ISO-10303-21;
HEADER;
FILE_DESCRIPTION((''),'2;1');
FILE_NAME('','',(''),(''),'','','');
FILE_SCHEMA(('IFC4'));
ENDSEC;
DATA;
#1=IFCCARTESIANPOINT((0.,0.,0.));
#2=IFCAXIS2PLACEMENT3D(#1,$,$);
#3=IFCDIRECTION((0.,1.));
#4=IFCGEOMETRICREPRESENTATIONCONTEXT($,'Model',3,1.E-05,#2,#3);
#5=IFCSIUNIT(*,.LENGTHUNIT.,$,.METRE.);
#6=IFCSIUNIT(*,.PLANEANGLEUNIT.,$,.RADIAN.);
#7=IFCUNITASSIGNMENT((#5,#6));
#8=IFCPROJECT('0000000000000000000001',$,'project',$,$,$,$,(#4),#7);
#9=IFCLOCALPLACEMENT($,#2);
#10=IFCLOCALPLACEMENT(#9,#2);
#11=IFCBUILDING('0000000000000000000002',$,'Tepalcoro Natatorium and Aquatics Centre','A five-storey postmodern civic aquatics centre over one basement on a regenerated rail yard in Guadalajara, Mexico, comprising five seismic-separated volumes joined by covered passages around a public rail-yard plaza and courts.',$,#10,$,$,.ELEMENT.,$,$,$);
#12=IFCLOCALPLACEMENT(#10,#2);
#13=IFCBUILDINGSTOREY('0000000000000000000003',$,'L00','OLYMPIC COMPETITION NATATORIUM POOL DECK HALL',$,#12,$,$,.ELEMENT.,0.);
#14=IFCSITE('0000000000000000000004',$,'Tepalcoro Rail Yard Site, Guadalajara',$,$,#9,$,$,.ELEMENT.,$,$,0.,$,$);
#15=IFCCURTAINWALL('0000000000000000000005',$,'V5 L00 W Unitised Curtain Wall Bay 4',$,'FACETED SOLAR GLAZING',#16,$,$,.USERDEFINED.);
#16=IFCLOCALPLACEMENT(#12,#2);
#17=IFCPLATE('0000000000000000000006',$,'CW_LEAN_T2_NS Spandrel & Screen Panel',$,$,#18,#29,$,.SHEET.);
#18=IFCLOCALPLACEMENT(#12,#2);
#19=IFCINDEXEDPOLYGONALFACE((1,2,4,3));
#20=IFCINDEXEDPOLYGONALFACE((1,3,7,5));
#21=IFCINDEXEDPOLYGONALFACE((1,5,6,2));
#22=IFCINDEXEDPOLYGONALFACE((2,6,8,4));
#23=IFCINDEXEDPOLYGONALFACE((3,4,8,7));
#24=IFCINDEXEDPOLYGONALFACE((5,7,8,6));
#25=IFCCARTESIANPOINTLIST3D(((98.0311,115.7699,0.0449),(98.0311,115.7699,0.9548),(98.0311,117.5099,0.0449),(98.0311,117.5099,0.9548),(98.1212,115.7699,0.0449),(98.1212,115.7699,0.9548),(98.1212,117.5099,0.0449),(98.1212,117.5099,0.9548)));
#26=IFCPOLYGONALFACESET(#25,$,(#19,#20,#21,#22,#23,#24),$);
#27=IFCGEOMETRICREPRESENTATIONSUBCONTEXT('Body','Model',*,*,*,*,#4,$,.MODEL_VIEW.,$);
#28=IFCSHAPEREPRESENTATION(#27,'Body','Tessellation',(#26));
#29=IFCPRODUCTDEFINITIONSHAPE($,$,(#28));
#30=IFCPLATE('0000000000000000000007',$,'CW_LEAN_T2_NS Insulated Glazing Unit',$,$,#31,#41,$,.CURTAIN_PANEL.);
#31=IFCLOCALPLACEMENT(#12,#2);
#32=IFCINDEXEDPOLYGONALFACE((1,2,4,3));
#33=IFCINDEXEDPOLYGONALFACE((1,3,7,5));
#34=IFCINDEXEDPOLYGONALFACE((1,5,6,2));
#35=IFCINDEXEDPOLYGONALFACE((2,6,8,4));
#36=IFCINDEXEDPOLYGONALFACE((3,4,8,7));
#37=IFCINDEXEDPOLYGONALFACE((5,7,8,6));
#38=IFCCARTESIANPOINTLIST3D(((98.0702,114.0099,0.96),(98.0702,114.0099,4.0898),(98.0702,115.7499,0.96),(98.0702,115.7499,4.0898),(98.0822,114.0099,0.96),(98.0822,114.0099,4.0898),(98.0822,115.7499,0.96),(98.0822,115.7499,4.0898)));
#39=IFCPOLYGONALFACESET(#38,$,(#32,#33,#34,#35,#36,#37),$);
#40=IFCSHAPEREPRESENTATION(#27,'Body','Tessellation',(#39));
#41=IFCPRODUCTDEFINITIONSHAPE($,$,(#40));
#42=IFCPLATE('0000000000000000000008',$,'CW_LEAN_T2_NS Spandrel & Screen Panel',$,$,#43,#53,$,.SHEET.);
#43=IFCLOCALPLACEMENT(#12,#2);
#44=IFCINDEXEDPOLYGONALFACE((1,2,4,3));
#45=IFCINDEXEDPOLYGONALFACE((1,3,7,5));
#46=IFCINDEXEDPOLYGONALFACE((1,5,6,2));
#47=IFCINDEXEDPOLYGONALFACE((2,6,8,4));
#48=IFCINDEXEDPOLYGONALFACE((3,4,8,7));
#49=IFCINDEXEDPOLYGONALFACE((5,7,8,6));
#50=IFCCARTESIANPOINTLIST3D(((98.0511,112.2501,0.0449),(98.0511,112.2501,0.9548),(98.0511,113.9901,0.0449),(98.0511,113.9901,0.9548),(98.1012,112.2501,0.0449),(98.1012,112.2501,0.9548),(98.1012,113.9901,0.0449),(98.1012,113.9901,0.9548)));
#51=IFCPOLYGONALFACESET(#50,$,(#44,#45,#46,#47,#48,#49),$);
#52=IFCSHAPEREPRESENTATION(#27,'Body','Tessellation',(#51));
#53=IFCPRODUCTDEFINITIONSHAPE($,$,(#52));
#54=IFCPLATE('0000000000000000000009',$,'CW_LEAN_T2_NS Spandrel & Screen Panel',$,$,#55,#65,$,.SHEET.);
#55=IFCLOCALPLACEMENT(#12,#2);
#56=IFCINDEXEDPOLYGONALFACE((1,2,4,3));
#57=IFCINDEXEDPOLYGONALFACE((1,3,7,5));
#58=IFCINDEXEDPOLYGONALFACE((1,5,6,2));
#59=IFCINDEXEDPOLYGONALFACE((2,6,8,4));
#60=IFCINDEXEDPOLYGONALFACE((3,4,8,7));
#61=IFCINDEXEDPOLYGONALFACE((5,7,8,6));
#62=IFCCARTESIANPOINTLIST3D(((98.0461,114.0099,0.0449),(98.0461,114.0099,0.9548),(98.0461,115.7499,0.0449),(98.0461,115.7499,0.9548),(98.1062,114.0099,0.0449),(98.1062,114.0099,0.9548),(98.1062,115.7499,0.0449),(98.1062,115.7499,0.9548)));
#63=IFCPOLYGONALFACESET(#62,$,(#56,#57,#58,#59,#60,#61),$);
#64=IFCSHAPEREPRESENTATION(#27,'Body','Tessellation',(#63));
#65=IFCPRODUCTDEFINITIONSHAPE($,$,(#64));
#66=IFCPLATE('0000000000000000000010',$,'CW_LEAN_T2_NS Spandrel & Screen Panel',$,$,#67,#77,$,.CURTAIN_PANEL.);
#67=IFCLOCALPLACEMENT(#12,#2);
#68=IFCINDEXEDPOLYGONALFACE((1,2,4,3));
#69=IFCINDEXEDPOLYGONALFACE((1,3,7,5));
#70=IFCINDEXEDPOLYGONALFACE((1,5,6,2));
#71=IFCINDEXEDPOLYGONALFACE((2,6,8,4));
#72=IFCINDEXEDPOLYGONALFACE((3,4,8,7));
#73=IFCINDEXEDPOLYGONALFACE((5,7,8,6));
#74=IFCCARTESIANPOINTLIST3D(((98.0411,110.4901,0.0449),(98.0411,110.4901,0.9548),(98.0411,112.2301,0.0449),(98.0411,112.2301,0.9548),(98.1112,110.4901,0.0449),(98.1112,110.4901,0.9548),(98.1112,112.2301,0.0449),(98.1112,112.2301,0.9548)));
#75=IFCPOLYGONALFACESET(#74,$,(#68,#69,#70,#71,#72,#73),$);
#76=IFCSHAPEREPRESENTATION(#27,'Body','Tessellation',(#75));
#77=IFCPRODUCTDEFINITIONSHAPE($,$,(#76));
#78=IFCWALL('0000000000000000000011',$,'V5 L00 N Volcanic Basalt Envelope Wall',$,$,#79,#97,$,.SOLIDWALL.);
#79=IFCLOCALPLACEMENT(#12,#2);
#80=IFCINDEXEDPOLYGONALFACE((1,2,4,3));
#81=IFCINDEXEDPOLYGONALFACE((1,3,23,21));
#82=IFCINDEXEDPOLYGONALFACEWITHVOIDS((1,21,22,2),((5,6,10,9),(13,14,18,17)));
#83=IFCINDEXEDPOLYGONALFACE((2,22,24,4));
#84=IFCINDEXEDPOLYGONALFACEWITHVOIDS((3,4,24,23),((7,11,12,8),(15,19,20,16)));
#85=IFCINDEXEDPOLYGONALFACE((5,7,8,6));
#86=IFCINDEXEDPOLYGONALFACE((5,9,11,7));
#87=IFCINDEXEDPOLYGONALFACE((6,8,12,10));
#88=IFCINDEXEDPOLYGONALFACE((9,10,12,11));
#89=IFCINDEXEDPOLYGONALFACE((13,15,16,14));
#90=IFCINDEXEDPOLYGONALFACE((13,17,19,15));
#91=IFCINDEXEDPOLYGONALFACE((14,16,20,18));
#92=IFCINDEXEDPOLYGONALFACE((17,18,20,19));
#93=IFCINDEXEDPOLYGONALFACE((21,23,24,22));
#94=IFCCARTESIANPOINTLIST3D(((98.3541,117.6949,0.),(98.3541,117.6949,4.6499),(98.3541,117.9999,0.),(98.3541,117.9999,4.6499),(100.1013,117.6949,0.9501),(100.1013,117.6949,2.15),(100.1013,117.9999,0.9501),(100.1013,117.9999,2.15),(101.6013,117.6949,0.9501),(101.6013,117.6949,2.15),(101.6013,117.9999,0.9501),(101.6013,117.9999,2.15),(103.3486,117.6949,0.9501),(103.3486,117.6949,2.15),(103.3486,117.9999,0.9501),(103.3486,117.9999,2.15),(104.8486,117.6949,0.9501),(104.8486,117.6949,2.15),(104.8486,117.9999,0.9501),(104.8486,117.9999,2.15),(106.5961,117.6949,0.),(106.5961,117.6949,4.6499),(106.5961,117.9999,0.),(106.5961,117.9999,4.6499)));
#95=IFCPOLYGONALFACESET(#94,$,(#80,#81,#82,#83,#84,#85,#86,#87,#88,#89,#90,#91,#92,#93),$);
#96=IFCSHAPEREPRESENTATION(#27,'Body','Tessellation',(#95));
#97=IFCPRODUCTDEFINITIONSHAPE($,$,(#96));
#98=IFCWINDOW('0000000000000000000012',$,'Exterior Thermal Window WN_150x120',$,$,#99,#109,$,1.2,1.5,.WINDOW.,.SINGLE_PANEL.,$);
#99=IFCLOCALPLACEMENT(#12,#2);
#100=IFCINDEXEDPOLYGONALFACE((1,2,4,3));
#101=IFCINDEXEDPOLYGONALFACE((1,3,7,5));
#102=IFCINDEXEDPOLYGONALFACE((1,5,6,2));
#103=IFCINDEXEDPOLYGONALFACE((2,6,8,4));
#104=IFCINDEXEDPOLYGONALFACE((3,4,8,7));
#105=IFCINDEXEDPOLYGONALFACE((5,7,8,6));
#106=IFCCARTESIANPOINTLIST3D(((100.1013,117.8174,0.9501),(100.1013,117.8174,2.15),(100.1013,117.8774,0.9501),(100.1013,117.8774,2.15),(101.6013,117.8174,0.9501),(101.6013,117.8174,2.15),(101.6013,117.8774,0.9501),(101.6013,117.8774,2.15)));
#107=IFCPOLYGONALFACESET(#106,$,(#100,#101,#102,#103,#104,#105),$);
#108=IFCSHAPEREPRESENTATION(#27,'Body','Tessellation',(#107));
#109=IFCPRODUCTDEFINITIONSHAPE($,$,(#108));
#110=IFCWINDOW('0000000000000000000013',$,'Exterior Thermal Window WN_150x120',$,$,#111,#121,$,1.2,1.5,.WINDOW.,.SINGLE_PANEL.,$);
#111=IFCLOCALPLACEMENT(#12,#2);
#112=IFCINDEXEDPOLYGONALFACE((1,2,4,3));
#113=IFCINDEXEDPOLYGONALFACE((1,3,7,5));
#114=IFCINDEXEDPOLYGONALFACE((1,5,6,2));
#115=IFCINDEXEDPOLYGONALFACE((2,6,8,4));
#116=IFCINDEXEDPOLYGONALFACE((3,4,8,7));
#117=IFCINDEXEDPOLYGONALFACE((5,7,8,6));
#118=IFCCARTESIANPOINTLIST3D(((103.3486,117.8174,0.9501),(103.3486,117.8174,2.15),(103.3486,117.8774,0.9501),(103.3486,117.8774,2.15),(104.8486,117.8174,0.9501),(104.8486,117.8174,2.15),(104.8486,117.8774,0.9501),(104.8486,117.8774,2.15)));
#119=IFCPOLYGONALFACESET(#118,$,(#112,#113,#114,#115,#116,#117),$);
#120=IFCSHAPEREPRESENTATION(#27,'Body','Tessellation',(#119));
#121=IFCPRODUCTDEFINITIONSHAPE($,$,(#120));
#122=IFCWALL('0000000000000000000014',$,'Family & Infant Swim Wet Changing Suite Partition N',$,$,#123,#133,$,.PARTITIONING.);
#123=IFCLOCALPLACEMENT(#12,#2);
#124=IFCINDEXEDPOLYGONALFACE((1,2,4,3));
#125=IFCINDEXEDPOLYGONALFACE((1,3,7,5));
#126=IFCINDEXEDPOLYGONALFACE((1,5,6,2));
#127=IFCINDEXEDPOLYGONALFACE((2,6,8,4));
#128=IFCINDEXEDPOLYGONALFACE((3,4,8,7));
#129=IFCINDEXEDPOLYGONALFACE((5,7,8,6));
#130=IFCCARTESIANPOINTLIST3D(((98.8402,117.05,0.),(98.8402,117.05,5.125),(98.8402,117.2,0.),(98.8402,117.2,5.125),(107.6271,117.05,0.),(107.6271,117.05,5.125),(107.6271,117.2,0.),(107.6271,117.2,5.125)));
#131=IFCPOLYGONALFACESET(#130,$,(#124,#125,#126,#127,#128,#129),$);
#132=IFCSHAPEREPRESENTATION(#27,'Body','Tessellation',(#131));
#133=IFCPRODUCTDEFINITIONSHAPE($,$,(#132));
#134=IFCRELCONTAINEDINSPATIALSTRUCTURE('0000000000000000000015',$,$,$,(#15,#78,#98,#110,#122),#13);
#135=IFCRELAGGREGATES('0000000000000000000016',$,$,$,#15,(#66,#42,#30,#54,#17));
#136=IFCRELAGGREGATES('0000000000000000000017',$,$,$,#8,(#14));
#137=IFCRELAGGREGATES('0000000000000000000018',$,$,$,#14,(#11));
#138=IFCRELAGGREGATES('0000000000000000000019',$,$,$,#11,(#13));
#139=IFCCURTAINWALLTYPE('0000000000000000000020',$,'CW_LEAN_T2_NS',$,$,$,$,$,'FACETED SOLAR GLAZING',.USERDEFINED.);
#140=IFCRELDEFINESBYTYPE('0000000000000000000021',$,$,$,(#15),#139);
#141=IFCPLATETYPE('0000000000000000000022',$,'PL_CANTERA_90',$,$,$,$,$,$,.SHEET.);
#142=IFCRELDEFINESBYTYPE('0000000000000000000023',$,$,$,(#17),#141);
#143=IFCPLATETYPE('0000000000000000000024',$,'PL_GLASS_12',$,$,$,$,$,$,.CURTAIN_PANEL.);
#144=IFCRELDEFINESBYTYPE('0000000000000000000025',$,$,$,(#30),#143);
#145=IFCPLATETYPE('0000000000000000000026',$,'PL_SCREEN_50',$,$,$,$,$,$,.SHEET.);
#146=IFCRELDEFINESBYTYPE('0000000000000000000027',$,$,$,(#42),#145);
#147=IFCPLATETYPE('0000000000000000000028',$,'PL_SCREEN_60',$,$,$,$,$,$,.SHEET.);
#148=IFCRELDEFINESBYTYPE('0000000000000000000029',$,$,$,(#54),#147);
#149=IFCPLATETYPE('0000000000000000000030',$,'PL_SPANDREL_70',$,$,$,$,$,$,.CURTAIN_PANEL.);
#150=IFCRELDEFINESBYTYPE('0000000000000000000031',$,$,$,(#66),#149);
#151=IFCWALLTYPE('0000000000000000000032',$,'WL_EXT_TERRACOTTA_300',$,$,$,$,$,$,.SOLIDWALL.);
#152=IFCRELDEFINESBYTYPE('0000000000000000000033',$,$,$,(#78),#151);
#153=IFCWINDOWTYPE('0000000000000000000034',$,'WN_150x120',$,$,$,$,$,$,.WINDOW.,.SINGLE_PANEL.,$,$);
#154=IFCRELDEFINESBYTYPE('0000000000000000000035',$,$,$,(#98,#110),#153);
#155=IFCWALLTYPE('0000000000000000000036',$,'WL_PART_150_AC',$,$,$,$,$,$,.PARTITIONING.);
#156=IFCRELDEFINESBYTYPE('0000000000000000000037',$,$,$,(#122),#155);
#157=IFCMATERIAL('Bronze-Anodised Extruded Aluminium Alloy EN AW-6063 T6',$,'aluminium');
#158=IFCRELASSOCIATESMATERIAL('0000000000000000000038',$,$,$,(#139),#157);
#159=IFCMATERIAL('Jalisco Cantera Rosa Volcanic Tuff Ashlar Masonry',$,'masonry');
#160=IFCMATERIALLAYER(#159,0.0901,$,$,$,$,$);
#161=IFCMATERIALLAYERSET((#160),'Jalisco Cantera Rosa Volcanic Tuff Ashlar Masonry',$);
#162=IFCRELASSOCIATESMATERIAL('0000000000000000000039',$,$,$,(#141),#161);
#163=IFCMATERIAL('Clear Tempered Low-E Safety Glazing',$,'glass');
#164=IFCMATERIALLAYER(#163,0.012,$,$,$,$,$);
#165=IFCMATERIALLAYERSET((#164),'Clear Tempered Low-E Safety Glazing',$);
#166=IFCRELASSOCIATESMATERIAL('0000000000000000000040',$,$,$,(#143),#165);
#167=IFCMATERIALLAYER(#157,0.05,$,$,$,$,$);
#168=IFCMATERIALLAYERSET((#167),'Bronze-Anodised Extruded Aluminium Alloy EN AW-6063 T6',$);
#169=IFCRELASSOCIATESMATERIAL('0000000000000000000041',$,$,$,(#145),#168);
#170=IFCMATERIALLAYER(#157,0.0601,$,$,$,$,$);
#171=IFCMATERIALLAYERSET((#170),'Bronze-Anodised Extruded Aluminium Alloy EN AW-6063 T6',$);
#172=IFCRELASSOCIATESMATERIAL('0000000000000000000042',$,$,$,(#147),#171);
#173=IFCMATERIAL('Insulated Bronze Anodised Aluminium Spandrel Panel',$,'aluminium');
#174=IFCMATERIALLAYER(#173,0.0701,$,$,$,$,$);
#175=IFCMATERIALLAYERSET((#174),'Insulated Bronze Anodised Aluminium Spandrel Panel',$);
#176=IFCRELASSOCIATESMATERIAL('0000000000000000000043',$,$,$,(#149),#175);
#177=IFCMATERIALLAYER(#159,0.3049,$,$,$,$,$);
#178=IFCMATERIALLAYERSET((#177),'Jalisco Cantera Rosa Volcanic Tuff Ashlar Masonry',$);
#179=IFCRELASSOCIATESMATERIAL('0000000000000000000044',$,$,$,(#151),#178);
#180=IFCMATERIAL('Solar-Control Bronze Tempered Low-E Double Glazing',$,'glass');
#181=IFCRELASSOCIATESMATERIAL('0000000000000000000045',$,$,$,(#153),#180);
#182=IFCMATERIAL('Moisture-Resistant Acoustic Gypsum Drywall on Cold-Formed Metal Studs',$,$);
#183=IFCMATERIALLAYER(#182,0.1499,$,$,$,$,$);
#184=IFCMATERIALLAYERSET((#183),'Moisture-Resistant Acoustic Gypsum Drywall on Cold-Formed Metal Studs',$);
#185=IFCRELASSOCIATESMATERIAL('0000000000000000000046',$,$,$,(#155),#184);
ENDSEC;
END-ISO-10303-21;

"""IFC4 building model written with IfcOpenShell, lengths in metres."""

from ifc_helpers import new_model, si_unit, direction, frame, frame_2d, origin, origin_2d, place, context, subcontext, project, spatial, rectangle, extrude, material, layer, layer_set, type_object, element, fill, aggregate, save


model = new_model("IFC4")

# Units and contexts
model_context = context("Model", 3, precision=1e-05, world=origin(), true_north=direction((0.0, 1.0)))
body_context = subcontext(model_context, "Body", "Model", "MODEL_VIEW")
ifc_project = project(units=[si_unit("LENGTHUNIT", "METRE"), si_unit("PLANEANGLEUNIT", "RADIAN")], contexts=[model_context])

# Site, building, storey
site_placement = place(None, origin())
site = spatial("IfcSite", under=ifc_project, at=site_placement, Name="Tepalcoro Rail Yard Site, Guadalajara", CompositionType="ELEMENT", RefElevation=0.0)
building_placement = place(site_placement, origin())
building = spatial("IfcBuilding", under=site, at=building_placement, Name="Tepalcoro Natatorium and Aquatics Centre", Description="A five-storey postmodern civic aquatics centre over one basement on a regenerated rail yard in Guadalajara, Mexico, comprising five seismic-separated volumes joined by covered passages around a public rail-yard plaza and courts.", CompositionType="ELEMENT")
storey_placement = place(building_placement, origin())
storey = spatial("IfcBuildingStorey", under=building, at=storey_placement, Name="L00", Description="OLYMPIC COMPETITION NATATORIUM POOL DECK HALL", CompositionType="ELEMENT", Elevation=0.0)

# Shared definitions
ifc_material_1 = material(Name="Bronze-Anodised Extruded Aluminium Alloy EN AW-6063 T6", Category="aluminium")

# Curtain wall
curtain_wall_type_1 = type_object("IfcCurtainWallType", Name="CW_LEAN_T2_NS", ElementType="FACETED SOLAR GLAZING", PredefinedType="USERDEFINED", material=ifc_material_1)
curtain_wall_1_placement = place(storey_placement, origin())
curtain_wall_1 = element("IfcCurtainWall", 1, at=curtain_wall_1_placement, inside=storey, type_object=curtain_wall_type_1, Name="V5 L00 W Unitised Curtain Wall Bay 4", ObjectType="FACETED SOLAR GLAZING", PredefinedType="USERDEFINED")

# Plates
ifc_material_2 = material(Name="Solar-Control Bronze Tempered Low-E Double Glazing", Category="glass")
ifc_material_3 = material(Name="Jalisco Cantera Rosa Volcanic Tuff Ashlar Masonry", Category="masonry")
ifc_layer_1 = layer(ifc_material_3, 0.0901)
ifc_layer_set_1 = layer_set([ifc_layer_1], Name="Jalisco Cantera Rosa Volcanic Tuff Ashlar Masonry")
plate_type_1 = type_object("IfcPlateType", Name="PL_CANTERA_90", PredefinedType="SHEET", material=ifc_layer_set_1)
plate_1_placement = place(storey_placement, frame((98.0762, 116.6399, 0.0449), z_axis=(0.0, 0.0, 1.0), x_axis=(1.0, 0.0, 0.0)))
plate_1 = element("IfcPlate", 2, at=plate_1_placement, type_object=plate_type_1, Name="CW_LEAN_T2_NS Spandrel & Screen Panel", PredefinedType="SHEET", context=body_context, shape_type="SweptSolid", body=[
    extrude(rectangle(XDim=0.0901, YDim=1.74, at=origin_2d()), origin(), (0.0, 0.0, 1.0), 0.9099),
])
ifc_material_4 = material(Name="Clear Tempered Low-E Safety Glazing", Category="glass")
ifc_layer_2 = layer(ifc_material_4, 0.012)
ifc_layer_set_2 = layer_set([ifc_layer_2], Name="Clear Tempered Low-E Safety Glazing")
plate_type_2 = type_object("IfcPlateType", Name="PL_GLASS_12", PredefinedType="CURTAIN_PANEL", material=ifc_layer_set_2)
plate_2_placement = place(storey_placement, frame((98.0762, 114.8799, 0.96), z_axis=(0.0, 0.0, 1.0), x_axis=(1.0, 0.0, 0.0)))
plate_2 = element("IfcPlate", 3, at=plate_2_placement, type_object=plate_type_2, Name="CW_LEAN_T2_NS Insulated Glazing Unit", PredefinedType="CURTAIN_PANEL", context=body_context, shape_type="SweptSolid", body=[
    extrude(rectangle(XDim=0.012, YDim=1.74, at=origin_2d()), origin(), (0.0, 0.0, 1.0), 3.1299),
])
ifc_layer_3 = layer(ifc_material_1, 0.05)
ifc_layer_set_3 = layer_set([ifc_layer_3], Name="Bronze-Anodised Extruded Aluminium Alloy EN AW-6063 T6")
plate_type_3 = type_object("IfcPlateType", Name="PL_SCREEN_50", PredefinedType="SHEET", material=ifc_layer_set_3)
plate_3_placement = place(storey_placement, frame((98.0762, 113.1201, 0.0449), z_axis=(0.0, 0.0, 1.0), x_axis=(1.0, 0.0, 0.0)))
plate_3 = element("IfcPlate", 4, at=plate_3_placement, type_object=plate_type_3, Name="CW_LEAN_T2_NS Spandrel & Screen Panel", PredefinedType="SHEET", context=body_context, shape_type="SweptSolid", body=[
    extrude(rectangle(XDim=0.05, YDim=1.74, at=origin_2d()), origin(), (0.0, 0.0, 1.0), 0.9099),
])
ifc_layer_4 = layer(ifc_material_1, 0.0601)
ifc_layer_set_4 = layer_set([ifc_layer_4], Name="Bronze-Anodised Extruded Aluminium Alloy EN AW-6063 T6")
plate_type_4 = type_object("IfcPlateType", Name="PL_SCREEN_60", PredefinedType="SHEET", material=ifc_layer_set_4)
plate_4_placement = place(storey_placement, frame((98.0762, 114.8799, 0.0449), z_axis=(0.0, 0.0, 1.0), x_axis=(1.0, 0.0, 0.0)))
plate_4 = element("IfcPlate", 5, at=plate_4_placement, type_object=plate_type_4, Name="CW_LEAN_T2_NS Spandrel & Screen Panel", PredefinedType="SHEET", context=body_context, shape_type="SweptSolid", body=[
    extrude(rectangle(XDim=0.0601, YDim=1.74, at=origin_2d()), origin(), (0.0, 0.0, 1.0), 0.9099),
])
ifc_material_5 = material(Name="Insulated Bronze Anodised Aluminium Spandrel Panel", Category="aluminium")
ifc_layer_5 = layer(ifc_material_5, 0.0701)
ifc_layer_set_5 = layer_set([ifc_layer_5], Name="Insulated Bronze Anodised Aluminium Spandrel Panel")
plate_type_5 = type_object("IfcPlateType", Name="PL_SPANDREL_70", PredefinedType="CURTAIN_PANEL", material=ifc_layer_set_5)
plate_5_placement = place(storey_placement, frame((98.0762, 111.3601, 0.0449), z_axis=(0.0, 0.0, 1.0), x_axis=(1.0, 0.0, 0.0)))
plate_5 = element("IfcPlate", 6, at=plate_5_placement, type_object=plate_type_5, Name="CW_LEAN_T2_NS Spandrel & Screen Panel", PredefinedType="CURTAIN_PANEL", context=body_context, shape_type="SweptSolid", body=[
    extrude(rectangle(XDim=0.0701, YDim=1.74, at=origin_2d()), origin(), (0.0, 0.0, 1.0), 0.9099),
])
aggregate(curtain_wall_1, [plate_5, plate_3, plate_2, plate_4, plate_1])

# Wall, openings, windows
ifc_layer_6 = layer(ifc_material_3, 0.3049)
ifc_layer_set_6 = layer_set([ifc_layer_6], Name="Jalisco Cantera Rosa Volcanic Tuff Ashlar Masonry")
wall_type_1 = type_object("IfcWallType", Name="WL_EXT_TERRACOTTA_300", PredefinedType="SOLIDWALL", material=ifc_layer_set_6)
wall_1_placement = place(storey_placement, frame((98.354, 117.8474, 0.0), z_axis=(0.0, 0.0, 1.0), x_axis=(1.0, 0.0, 0.0)))
wall_1 = element("IfcWall", 7, at=wall_1_placement, inside=storey, type_object=wall_type_1, Name="V5 L00 N Volcanic Basalt Envelope Wall", PredefinedType="SOLIDWALL", context=body_context, shape_type="SweptSolid", body=[
    extrude(rectangle(XDim=8.2419, YDim=0.3049, at=frame_2d((4.1211, 0.0))), origin(), (0.0, 0.0, 1.0), 4.6499),
])
opening_1_placement = place(wall_1_placement, frame((1.7473, 0.0, 0.95)))
opening_1 = element("IfcOpeningElement", 8, at=opening_1_placement, cuts=wall_1, PredefinedType="OPENING", context=body_context, shape_type="SweptSolid", body=[
    extrude(rectangle(XDim=1.5, YDim=1.2, at=frame_2d((0.75, 0.6001))), frame((0.0, 0.1646, 0.0), z_axis=(0.0, -1.0, 0.0), x_axis=(1.0, 0.0, 0.0)), (0.0, 0.0, 1.0), 0.3289),
])
opening_2_placement = place(wall_1_placement, frame((4.9946, 0.0, 0.95)))
opening_2 = element("IfcOpeningElement", 9, at=opening_2_placement, cuts=wall_1, PredefinedType="OPENING", context=body_context, shape_type="SweptSolid", body=[
    extrude(rectangle(XDim=1.5, YDim=1.2, at=frame_2d((0.75, 0.6001))), frame((0.0, 0.1646, 0.0), z_axis=(0.0, -1.0, 0.0), x_axis=(1.0, 0.0, 0.0)), (0.0, 0.0, 1.0), 0.3289),
])
window_type = type_object("IfcWindowType", Name="WN_150x120", PartitioningType="SINGLE_PANEL", PredefinedType="WINDOW", material=ifc_material_2)
window_1_placement = place(opening_1_placement, origin())
window_1 = element("IfcWindow", 10, at=window_1_placement, inside=storey, type_object=window_type, Name="Exterior Thermal Window WN_150x120", OverallHeight=1.2, OverallWidth=1.5, PartitioningType="SINGLE_PANEL", PredefinedType="WINDOW", context=body_context, shape_type="SweptSolid", body=[
    extrude(rectangle(XDim=1.5, YDim=1.2, at=frame_2d((0.75, 0.6001))), frame((0.0, 0.03, 0.0), z_axis=(0.0, -1.0, 0.0), x_axis=(1.0, 0.0, 0.0)), (0.0, 0.0, 1.0), 0.0601),
])
fill(opening_1, window_1)
window_2_placement = place(opening_2_placement, origin())
window_2 = element("IfcWindow", 11, at=window_2_placement, inside=storey, type_object=window_type, Name="Exterior Thermal Window WN_150x120", OverallHeight=1.2, OverallWidth=1.5, PartitioningType="SINGLE_PANEL", PredefinedType="WINDOW", context=body_context, shape_type="SweptSolid", body=[
    extrude(rectangle(XDim=1.5, YDim=1.2, at=frame_2d((0.75, 0.6001))), frame((0.0, 0.03, 0.0), z_axis=(0.0, -1.0, 0.0), x_axis=(1.0, 0.0, 0.0)), (0.0, 0.0, 1.0), 0.0601),
])
fill(opening_2, window_2)

# Wall
ifc_material_6 = material(Name="Moisture-Resistant Acoustic Gypsum Drywall on Cold-Formed Metal Studs")
ifc_layer_7 = layer(ifc_material_6, 0.1499)
ifc_layer_set_7 = layer_set([ifc_layer_7], Name="Moisture-Resistant Acoustic Gypsum Drywall on Cold-Formed Metal Studs")
wall_type_2 = type_object("IfcWallType", Name="WL_PART_150_AC", PredefinedType="PARTITIONING", material=ifc_layer_set_7)
wall_2_placement = place(storey_placement, frame((98.8401, 117.125, 0.0), z_axis=(0.0, 0.0, 1.0), x_axis=(1.0, 0.0, 0.0)))
element("IfcWall", 12, at=wall_2_placement, inside=storey, type_object=wall_type_2, Name="Family & Infant Swim Wet Changing Suite Partition N", PredefinedType="PARTITIONING", context=body_context, shape_type="SweptSolid", body=[
    extrude(rectangle(XDim=8.7869, YDim=0.1499, at=frame_2d((4.3936, 0.0))), origin(), (0.0, 0.0, 1.0), 5.125),
])

save(model, "model.ifc")
